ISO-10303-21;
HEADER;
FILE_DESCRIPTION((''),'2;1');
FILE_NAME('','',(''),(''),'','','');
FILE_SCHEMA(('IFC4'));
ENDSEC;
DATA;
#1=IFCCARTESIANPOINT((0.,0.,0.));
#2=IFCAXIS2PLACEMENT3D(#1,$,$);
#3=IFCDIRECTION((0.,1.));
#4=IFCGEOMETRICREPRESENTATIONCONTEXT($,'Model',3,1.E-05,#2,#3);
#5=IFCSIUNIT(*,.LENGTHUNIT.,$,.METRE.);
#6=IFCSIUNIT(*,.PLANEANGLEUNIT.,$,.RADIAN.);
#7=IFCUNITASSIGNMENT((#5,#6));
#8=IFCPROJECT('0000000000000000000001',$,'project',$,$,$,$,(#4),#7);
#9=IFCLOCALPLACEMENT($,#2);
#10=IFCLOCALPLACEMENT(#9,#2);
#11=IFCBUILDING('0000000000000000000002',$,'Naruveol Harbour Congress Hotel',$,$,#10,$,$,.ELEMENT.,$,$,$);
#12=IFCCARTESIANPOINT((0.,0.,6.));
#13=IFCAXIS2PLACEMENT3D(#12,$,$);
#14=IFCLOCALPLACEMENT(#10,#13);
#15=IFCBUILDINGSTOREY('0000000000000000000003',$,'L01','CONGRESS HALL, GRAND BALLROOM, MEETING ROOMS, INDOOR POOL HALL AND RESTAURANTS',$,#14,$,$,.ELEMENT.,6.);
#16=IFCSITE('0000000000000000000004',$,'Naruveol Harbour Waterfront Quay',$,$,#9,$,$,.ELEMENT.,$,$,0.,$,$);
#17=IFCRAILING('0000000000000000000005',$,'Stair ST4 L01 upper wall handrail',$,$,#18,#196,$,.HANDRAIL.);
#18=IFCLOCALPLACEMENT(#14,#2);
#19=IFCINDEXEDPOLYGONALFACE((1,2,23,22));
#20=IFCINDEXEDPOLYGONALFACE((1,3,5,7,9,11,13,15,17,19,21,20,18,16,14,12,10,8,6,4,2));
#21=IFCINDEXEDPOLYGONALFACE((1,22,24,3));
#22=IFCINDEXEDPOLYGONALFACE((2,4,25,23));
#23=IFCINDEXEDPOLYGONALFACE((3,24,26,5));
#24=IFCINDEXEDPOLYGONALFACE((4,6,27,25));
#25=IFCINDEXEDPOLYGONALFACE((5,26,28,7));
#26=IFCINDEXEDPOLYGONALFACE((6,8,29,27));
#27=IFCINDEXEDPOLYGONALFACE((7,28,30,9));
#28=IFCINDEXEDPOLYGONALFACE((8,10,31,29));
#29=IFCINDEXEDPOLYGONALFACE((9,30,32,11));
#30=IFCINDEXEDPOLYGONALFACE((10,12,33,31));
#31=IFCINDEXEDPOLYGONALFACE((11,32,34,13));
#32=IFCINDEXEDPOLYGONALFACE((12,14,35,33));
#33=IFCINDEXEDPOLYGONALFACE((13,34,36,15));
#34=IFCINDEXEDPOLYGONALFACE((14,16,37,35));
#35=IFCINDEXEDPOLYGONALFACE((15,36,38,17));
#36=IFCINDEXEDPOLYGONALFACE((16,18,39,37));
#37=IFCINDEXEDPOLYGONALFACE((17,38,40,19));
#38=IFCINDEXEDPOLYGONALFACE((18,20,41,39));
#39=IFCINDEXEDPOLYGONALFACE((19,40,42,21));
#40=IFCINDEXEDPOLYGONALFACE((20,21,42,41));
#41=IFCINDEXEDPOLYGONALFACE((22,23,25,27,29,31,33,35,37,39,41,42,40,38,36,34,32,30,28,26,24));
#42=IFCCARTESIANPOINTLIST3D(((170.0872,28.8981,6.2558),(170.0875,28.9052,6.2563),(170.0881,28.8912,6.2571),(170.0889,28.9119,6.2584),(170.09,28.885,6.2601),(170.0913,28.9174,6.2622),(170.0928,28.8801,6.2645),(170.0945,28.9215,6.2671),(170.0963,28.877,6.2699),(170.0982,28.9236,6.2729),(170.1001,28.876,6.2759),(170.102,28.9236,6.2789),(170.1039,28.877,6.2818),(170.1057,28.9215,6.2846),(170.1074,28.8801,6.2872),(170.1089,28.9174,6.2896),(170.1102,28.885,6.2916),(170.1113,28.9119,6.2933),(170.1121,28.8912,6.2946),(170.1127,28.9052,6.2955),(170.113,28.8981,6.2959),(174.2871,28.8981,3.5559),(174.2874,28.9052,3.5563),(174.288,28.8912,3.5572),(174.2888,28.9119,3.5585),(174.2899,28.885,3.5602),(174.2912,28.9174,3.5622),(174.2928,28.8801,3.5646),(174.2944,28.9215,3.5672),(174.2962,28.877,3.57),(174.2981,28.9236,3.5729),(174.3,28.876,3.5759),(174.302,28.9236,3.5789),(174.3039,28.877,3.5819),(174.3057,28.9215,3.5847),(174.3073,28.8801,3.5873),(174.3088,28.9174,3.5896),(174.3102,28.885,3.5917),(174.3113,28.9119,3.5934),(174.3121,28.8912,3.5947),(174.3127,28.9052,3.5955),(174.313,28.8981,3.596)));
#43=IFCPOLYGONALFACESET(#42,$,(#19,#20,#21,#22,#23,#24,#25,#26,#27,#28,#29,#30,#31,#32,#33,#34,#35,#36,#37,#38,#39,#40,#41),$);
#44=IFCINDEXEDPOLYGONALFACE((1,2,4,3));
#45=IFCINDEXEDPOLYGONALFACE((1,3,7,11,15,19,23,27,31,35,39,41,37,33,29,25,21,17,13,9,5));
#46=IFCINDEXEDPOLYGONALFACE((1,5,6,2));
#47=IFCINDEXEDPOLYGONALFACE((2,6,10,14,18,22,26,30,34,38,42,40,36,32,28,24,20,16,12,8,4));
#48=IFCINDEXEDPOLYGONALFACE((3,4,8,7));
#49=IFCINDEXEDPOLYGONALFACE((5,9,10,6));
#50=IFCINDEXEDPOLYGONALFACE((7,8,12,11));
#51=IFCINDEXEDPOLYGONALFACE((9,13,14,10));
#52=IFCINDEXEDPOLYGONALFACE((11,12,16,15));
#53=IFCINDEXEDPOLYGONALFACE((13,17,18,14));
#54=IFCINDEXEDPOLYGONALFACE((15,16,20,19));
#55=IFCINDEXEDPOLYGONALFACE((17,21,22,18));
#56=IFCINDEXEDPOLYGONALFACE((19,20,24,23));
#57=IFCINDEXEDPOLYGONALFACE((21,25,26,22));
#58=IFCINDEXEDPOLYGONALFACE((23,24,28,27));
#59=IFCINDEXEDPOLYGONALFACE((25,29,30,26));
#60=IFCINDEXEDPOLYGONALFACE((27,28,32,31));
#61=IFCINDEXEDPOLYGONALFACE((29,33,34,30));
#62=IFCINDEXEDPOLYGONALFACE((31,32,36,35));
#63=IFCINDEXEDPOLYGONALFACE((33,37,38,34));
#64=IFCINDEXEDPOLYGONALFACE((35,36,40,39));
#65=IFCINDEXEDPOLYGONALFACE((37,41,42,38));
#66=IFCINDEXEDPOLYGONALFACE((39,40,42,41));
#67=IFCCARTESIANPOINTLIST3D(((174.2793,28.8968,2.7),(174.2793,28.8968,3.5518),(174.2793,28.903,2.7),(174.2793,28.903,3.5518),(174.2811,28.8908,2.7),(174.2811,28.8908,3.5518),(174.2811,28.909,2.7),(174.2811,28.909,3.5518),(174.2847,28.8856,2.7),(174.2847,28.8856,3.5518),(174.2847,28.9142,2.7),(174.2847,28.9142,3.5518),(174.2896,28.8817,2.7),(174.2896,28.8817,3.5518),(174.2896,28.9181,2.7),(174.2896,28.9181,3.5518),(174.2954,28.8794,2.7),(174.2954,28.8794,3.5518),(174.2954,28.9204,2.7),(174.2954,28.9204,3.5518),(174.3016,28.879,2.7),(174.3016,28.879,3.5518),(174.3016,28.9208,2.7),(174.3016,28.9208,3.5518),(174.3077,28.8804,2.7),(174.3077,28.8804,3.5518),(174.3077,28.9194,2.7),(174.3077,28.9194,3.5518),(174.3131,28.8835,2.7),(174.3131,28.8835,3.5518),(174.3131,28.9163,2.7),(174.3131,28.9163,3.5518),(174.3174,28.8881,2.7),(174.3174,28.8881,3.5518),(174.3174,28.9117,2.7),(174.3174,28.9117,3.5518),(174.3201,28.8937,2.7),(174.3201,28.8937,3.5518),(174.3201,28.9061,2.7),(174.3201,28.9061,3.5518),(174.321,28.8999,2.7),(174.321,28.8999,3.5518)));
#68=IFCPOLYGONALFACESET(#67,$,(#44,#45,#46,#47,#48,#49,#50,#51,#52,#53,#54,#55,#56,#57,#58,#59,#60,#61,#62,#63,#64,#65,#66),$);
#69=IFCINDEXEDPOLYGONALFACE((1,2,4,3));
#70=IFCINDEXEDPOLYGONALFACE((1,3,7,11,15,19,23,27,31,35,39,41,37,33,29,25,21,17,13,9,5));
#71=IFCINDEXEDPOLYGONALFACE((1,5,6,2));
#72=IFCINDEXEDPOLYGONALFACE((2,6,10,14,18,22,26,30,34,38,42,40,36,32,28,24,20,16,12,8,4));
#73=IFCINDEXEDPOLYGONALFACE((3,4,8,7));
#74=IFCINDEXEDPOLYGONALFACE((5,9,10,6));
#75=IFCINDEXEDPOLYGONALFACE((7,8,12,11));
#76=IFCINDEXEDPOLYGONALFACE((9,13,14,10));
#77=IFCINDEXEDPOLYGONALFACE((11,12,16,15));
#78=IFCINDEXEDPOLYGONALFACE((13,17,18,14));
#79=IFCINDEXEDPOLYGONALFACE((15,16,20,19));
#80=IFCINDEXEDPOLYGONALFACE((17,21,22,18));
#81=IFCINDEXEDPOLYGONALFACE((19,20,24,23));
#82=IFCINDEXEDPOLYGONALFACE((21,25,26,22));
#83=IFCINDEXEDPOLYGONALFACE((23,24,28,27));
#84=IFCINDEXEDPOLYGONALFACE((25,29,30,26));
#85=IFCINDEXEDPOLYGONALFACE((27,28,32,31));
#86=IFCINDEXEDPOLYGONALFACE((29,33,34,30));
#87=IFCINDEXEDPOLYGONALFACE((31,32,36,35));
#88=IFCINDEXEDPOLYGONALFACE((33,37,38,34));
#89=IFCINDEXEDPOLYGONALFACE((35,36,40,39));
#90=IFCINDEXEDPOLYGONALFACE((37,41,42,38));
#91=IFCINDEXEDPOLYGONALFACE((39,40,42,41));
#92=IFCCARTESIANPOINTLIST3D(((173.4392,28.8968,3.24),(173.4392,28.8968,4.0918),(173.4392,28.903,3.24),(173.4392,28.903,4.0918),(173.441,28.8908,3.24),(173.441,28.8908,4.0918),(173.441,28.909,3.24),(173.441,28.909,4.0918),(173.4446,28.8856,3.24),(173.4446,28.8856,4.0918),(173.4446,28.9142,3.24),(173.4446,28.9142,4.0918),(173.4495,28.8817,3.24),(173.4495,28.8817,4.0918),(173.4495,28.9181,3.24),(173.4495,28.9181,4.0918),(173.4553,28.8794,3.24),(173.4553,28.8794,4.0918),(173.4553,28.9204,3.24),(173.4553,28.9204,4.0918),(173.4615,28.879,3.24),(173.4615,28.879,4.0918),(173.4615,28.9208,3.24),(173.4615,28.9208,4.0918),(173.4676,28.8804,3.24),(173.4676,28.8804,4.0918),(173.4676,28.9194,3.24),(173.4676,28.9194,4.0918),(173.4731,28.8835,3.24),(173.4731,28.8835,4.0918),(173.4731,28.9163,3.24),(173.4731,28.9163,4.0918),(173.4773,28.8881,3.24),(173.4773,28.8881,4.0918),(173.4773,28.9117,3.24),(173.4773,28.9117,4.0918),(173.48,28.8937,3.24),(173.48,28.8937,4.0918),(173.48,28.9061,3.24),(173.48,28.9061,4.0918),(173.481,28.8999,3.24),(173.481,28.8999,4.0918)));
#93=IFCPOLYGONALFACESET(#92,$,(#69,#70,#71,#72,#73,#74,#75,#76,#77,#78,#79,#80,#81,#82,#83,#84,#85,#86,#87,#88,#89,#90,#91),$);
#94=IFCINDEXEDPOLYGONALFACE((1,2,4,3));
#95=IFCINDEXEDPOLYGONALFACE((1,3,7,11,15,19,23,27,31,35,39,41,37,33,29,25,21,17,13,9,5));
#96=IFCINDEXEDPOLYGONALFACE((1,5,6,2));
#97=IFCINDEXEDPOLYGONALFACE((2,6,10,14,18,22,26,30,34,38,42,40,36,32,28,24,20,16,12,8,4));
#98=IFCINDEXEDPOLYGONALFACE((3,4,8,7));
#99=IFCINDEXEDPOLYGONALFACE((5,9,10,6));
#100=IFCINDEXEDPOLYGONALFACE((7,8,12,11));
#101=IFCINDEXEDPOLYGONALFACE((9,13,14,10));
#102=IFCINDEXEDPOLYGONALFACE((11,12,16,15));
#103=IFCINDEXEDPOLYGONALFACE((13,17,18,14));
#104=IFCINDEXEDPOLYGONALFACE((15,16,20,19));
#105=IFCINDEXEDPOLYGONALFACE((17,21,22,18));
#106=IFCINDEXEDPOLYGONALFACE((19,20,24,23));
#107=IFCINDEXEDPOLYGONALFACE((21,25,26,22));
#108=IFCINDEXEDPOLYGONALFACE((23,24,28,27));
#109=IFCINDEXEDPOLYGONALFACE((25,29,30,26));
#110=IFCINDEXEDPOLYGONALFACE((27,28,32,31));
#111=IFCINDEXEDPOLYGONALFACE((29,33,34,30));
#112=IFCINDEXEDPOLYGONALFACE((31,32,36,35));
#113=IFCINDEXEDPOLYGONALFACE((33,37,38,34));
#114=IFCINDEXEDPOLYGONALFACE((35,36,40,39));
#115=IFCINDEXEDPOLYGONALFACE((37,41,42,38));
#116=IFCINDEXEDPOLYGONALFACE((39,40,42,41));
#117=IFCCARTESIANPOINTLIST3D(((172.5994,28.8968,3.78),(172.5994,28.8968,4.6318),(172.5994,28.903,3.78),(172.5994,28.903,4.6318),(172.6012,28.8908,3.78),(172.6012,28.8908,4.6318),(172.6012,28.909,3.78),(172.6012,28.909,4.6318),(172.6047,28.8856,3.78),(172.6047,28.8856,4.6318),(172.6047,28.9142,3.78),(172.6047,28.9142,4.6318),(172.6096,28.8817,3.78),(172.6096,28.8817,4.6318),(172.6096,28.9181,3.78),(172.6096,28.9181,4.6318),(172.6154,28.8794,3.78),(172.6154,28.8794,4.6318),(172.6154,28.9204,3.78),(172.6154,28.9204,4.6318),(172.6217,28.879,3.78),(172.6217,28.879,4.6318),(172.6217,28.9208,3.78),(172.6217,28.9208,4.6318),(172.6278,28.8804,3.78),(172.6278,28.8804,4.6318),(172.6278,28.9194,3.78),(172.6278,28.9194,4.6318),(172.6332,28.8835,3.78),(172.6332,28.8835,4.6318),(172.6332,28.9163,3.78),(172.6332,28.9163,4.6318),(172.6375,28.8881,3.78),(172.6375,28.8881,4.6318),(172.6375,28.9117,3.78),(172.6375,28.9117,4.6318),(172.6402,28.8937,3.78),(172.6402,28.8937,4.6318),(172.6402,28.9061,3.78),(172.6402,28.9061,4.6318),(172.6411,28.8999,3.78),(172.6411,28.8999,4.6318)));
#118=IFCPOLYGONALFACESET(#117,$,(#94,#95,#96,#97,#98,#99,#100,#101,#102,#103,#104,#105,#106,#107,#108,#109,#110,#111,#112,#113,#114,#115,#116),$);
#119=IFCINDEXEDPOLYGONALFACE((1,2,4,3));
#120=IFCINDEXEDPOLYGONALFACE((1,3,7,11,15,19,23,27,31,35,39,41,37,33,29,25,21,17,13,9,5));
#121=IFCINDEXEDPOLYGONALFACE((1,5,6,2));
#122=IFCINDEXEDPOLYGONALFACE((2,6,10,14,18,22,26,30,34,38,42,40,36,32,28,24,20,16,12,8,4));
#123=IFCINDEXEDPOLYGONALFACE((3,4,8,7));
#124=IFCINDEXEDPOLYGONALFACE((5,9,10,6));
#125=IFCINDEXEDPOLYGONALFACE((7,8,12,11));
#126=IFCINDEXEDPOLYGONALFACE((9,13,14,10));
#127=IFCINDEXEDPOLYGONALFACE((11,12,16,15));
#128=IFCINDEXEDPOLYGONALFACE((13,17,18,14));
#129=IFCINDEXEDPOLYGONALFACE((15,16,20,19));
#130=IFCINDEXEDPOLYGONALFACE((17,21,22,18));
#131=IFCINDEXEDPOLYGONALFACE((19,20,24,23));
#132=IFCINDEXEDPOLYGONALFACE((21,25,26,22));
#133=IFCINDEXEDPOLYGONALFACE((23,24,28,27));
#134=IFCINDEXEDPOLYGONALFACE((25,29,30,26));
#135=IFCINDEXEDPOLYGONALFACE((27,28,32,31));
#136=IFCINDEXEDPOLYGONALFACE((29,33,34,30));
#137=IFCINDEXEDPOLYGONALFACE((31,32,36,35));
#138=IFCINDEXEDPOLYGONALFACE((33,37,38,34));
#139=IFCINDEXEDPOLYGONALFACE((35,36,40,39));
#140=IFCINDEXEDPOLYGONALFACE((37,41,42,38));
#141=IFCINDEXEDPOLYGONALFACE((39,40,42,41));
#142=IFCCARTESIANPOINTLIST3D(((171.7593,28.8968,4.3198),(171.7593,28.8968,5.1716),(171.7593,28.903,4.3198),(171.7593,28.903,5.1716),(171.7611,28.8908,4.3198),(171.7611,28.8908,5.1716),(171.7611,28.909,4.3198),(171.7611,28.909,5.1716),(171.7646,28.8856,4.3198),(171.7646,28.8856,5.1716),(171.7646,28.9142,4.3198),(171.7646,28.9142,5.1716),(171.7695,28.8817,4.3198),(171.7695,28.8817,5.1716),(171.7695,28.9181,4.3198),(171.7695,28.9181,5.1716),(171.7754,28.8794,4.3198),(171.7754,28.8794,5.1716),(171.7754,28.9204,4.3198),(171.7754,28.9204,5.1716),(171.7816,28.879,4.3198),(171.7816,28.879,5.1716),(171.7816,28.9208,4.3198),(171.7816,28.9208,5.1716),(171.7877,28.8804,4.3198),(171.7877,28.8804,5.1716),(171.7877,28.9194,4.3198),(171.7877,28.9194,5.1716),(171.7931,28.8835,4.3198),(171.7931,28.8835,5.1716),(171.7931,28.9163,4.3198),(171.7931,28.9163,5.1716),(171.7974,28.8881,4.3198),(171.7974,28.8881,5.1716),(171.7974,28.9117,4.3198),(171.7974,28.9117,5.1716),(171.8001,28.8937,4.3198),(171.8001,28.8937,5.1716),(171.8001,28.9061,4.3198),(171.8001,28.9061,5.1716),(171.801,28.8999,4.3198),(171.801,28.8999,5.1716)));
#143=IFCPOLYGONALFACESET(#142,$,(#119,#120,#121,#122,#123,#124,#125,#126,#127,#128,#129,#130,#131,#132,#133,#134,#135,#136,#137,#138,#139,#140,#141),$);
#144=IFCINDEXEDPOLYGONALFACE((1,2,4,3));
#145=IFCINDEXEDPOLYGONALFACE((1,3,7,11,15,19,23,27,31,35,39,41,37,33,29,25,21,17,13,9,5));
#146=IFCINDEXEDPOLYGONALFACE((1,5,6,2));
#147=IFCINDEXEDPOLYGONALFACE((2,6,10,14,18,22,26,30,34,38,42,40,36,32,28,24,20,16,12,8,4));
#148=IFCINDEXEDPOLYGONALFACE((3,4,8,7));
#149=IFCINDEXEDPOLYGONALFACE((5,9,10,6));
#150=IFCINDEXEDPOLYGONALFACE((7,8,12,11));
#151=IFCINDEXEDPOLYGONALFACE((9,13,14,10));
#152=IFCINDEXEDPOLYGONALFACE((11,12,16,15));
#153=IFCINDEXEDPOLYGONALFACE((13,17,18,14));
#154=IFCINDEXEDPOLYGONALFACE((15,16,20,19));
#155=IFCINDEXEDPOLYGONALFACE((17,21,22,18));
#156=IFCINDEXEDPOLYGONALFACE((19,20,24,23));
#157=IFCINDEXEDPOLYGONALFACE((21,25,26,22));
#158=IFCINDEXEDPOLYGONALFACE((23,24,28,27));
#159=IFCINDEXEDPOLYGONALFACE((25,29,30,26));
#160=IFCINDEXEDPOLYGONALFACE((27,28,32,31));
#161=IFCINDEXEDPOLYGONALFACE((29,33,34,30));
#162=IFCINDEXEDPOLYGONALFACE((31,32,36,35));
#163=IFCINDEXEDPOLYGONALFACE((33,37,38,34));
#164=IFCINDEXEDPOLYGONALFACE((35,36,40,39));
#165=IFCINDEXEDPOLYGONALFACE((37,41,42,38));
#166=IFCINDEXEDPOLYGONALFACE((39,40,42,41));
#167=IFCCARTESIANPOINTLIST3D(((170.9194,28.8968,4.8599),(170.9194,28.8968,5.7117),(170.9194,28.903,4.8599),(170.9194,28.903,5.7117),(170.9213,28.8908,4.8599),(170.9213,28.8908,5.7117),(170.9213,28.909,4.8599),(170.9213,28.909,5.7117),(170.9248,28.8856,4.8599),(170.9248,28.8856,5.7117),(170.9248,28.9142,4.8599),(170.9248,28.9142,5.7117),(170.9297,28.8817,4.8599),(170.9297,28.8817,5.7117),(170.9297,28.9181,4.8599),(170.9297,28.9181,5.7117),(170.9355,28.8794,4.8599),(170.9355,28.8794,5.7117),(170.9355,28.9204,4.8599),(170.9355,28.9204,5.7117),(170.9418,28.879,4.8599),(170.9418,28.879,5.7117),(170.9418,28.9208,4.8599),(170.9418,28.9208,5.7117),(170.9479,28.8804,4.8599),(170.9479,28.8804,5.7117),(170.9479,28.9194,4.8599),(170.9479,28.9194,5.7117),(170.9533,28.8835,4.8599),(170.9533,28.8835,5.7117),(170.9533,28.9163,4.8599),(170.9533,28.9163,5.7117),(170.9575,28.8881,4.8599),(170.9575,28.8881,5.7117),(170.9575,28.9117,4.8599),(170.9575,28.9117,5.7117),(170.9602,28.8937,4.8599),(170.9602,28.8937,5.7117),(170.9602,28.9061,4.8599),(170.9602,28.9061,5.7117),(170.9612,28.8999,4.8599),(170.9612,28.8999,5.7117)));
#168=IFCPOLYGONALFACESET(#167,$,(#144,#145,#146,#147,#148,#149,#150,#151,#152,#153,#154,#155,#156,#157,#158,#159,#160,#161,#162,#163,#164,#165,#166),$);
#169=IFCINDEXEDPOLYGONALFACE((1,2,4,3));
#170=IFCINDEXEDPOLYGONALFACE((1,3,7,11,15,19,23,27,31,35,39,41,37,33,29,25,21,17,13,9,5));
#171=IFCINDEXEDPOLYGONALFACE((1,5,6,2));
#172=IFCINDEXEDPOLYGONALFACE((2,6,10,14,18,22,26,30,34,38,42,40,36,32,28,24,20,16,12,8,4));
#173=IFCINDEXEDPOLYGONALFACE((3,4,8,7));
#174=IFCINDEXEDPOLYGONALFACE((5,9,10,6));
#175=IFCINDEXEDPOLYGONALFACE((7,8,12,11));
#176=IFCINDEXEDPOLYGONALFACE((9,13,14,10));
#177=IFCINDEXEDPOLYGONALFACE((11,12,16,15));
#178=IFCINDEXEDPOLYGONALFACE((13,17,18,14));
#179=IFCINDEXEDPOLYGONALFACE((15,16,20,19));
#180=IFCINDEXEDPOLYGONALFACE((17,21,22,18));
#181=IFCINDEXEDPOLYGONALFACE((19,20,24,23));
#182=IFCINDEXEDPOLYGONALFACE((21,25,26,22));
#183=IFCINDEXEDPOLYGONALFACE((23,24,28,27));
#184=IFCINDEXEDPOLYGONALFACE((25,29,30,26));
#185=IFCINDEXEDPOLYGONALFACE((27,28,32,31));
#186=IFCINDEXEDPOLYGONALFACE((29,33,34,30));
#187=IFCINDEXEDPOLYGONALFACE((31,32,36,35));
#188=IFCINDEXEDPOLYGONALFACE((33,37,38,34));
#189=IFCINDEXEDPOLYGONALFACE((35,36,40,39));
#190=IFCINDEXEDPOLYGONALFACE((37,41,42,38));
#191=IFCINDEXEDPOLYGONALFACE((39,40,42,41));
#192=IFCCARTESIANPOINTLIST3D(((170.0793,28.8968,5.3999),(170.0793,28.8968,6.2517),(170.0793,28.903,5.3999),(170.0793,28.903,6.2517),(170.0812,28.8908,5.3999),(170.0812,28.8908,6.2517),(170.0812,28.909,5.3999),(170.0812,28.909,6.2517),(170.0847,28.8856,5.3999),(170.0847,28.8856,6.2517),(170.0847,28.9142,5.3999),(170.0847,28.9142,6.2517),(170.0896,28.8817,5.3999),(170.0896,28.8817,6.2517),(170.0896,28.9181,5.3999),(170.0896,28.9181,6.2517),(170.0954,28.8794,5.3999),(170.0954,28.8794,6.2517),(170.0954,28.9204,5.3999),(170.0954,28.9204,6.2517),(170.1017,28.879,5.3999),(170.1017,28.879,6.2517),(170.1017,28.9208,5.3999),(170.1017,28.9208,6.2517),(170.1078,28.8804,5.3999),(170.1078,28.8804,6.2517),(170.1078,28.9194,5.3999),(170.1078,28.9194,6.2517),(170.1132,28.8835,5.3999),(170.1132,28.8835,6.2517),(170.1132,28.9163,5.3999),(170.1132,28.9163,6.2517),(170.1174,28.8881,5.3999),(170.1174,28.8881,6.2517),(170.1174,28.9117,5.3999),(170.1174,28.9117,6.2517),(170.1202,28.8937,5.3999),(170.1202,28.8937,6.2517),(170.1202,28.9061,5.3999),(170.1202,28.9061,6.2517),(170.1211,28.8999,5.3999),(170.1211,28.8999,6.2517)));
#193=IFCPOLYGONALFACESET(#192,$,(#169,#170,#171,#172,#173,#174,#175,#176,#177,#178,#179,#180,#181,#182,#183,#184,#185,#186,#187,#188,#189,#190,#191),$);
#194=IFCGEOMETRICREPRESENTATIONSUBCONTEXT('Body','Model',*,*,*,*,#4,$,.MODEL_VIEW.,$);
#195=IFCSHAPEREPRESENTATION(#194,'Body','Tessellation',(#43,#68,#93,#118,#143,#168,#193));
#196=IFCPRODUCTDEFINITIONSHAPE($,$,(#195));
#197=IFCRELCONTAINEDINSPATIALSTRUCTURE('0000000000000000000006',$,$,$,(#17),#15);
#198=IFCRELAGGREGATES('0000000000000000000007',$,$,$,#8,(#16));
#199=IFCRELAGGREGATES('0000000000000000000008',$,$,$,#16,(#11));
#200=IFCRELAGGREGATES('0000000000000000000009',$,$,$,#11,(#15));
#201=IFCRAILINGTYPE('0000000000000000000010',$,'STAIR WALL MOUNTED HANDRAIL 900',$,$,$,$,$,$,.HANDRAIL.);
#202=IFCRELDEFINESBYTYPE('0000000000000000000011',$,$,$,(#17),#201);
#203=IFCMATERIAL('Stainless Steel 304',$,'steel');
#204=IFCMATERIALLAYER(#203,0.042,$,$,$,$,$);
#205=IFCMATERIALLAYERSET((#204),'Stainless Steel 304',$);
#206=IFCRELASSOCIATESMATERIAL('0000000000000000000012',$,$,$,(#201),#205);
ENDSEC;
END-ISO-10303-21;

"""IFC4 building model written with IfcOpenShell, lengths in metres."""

from ifc_helpers import new_model, si_unit, direction, frame, origin, origin_2d, place, context, subcontext, project, spatial, circle, extrude, material, layer, layer_set, type_object, element, save


model = new_model("IFC4")

# Units and contexts
model_context = context("Model", 3, precision=1e-05, world=origin(), true_north=direction((0.0, 1.0)))
body_context = subcontext(model_context, "Body", "Model", "MODEL_VIEW")
ifc_project = project(units=[si_unit("LENGTHUNIT", "METRE"), si_unit("PLANEANGLEUNIT", "RADIAN")], contexts=[model_context])

# Site, building, storey
site_placement = place(None, origin())
site = spatial("IfcSite", under=ifc_project, at=site_placement, Name="Naruveol Harbour Waterfront Quay", CompositionType="ELEMENT", RefElevation=0.0)
building_placement = place(site_placement, origin())
building = spatial("IfcBuilding", under=site, at=building_placement, Name="Naruveol Harbour Congress Hotel", CompositionType="ELEMENT")
storey_placement = place(building_placement, frame((0.0, 0.0, 6.0)))
storey = spatial("IfcBuildingStorey", under=building, at=storey_placement, Name="L01", Description="CONGRESS HALL, GRAND BALLROOM, MEETING ROOMS, INDOOR POOL HALL AND RESTAURANTS", CompositionType="ELEMENT", Elevation=6.0)

# Railing
ifc_material_1 = material(Name="Stainless Steel 304", Category="steel")
ifc_layer_1 = layer(ifc_material_1, 0.042)
ifc_layer_set_1 = layer_set([ifc_layer_1], Name="Stainless Steel 304")
railing_type_1 = type_object("IfcRailingType", Name="STAIR WALL MOUNTED HANDRAIL 900", PredefinedType="HANDRAIL", material=ifc_layer_set_1)
railing_1_placement = place(storey_placement, frame((174.3, 28.8999, 2.7)))
element("IfcRailing", 1, at=railing_1_placement, inside=storey, type_object=railing_type_1, Name="Stair ST4 L01 upper wall handrail", PredefinedType="HANDRAIL", context=body_context, shape_type="SweptSolid", body=[
    extrude(circle(Radius=0.0239, at=origin_2d()), frame((0.0, 0.0, 0.876), z_axis=(-0.84118, 0.0, 0.540755), x_axis=(0.0, -1.0, 0.0)), (0.0, 0.0, 1.0), 4.9929),
    extrude(circle(Radius=0.021, at=origin_2d()), origin(), (0.0, 0.0, 1.0), 0.8518),
    extrude(circle(Radius=0.021, at=origin_2d()), frame((-0.8401, 0.0, 0.54)), (0.0, 0.0, 1.0), 0.8518),
    extrude(circle(Radius=0.021, at=origin_2d()), frame((-1.6799, 0.0, 1.0801)), (0.0, 0.0, 1.0), 0.8518),
    extrude(circle(Radius=0.021, at=origin_2d()), frame((-2.52, 0.0, 1.6199)), (0.0, 0.0, 1.0), 0.8518),
    extrude(circle(Radius=0.021, at=origin_2d()), frame((-3.3599, 0.0, 2.1599)), (0.0, 0.0, 1.0), 0.8518),
    extrude(circle(Radius=0.021, at=origin_2d()), frame((-4.2, 0.0, 2.7)), (0.0, 0.0, 1.0), 0.8518),
])

save(model, "model.ifc")
